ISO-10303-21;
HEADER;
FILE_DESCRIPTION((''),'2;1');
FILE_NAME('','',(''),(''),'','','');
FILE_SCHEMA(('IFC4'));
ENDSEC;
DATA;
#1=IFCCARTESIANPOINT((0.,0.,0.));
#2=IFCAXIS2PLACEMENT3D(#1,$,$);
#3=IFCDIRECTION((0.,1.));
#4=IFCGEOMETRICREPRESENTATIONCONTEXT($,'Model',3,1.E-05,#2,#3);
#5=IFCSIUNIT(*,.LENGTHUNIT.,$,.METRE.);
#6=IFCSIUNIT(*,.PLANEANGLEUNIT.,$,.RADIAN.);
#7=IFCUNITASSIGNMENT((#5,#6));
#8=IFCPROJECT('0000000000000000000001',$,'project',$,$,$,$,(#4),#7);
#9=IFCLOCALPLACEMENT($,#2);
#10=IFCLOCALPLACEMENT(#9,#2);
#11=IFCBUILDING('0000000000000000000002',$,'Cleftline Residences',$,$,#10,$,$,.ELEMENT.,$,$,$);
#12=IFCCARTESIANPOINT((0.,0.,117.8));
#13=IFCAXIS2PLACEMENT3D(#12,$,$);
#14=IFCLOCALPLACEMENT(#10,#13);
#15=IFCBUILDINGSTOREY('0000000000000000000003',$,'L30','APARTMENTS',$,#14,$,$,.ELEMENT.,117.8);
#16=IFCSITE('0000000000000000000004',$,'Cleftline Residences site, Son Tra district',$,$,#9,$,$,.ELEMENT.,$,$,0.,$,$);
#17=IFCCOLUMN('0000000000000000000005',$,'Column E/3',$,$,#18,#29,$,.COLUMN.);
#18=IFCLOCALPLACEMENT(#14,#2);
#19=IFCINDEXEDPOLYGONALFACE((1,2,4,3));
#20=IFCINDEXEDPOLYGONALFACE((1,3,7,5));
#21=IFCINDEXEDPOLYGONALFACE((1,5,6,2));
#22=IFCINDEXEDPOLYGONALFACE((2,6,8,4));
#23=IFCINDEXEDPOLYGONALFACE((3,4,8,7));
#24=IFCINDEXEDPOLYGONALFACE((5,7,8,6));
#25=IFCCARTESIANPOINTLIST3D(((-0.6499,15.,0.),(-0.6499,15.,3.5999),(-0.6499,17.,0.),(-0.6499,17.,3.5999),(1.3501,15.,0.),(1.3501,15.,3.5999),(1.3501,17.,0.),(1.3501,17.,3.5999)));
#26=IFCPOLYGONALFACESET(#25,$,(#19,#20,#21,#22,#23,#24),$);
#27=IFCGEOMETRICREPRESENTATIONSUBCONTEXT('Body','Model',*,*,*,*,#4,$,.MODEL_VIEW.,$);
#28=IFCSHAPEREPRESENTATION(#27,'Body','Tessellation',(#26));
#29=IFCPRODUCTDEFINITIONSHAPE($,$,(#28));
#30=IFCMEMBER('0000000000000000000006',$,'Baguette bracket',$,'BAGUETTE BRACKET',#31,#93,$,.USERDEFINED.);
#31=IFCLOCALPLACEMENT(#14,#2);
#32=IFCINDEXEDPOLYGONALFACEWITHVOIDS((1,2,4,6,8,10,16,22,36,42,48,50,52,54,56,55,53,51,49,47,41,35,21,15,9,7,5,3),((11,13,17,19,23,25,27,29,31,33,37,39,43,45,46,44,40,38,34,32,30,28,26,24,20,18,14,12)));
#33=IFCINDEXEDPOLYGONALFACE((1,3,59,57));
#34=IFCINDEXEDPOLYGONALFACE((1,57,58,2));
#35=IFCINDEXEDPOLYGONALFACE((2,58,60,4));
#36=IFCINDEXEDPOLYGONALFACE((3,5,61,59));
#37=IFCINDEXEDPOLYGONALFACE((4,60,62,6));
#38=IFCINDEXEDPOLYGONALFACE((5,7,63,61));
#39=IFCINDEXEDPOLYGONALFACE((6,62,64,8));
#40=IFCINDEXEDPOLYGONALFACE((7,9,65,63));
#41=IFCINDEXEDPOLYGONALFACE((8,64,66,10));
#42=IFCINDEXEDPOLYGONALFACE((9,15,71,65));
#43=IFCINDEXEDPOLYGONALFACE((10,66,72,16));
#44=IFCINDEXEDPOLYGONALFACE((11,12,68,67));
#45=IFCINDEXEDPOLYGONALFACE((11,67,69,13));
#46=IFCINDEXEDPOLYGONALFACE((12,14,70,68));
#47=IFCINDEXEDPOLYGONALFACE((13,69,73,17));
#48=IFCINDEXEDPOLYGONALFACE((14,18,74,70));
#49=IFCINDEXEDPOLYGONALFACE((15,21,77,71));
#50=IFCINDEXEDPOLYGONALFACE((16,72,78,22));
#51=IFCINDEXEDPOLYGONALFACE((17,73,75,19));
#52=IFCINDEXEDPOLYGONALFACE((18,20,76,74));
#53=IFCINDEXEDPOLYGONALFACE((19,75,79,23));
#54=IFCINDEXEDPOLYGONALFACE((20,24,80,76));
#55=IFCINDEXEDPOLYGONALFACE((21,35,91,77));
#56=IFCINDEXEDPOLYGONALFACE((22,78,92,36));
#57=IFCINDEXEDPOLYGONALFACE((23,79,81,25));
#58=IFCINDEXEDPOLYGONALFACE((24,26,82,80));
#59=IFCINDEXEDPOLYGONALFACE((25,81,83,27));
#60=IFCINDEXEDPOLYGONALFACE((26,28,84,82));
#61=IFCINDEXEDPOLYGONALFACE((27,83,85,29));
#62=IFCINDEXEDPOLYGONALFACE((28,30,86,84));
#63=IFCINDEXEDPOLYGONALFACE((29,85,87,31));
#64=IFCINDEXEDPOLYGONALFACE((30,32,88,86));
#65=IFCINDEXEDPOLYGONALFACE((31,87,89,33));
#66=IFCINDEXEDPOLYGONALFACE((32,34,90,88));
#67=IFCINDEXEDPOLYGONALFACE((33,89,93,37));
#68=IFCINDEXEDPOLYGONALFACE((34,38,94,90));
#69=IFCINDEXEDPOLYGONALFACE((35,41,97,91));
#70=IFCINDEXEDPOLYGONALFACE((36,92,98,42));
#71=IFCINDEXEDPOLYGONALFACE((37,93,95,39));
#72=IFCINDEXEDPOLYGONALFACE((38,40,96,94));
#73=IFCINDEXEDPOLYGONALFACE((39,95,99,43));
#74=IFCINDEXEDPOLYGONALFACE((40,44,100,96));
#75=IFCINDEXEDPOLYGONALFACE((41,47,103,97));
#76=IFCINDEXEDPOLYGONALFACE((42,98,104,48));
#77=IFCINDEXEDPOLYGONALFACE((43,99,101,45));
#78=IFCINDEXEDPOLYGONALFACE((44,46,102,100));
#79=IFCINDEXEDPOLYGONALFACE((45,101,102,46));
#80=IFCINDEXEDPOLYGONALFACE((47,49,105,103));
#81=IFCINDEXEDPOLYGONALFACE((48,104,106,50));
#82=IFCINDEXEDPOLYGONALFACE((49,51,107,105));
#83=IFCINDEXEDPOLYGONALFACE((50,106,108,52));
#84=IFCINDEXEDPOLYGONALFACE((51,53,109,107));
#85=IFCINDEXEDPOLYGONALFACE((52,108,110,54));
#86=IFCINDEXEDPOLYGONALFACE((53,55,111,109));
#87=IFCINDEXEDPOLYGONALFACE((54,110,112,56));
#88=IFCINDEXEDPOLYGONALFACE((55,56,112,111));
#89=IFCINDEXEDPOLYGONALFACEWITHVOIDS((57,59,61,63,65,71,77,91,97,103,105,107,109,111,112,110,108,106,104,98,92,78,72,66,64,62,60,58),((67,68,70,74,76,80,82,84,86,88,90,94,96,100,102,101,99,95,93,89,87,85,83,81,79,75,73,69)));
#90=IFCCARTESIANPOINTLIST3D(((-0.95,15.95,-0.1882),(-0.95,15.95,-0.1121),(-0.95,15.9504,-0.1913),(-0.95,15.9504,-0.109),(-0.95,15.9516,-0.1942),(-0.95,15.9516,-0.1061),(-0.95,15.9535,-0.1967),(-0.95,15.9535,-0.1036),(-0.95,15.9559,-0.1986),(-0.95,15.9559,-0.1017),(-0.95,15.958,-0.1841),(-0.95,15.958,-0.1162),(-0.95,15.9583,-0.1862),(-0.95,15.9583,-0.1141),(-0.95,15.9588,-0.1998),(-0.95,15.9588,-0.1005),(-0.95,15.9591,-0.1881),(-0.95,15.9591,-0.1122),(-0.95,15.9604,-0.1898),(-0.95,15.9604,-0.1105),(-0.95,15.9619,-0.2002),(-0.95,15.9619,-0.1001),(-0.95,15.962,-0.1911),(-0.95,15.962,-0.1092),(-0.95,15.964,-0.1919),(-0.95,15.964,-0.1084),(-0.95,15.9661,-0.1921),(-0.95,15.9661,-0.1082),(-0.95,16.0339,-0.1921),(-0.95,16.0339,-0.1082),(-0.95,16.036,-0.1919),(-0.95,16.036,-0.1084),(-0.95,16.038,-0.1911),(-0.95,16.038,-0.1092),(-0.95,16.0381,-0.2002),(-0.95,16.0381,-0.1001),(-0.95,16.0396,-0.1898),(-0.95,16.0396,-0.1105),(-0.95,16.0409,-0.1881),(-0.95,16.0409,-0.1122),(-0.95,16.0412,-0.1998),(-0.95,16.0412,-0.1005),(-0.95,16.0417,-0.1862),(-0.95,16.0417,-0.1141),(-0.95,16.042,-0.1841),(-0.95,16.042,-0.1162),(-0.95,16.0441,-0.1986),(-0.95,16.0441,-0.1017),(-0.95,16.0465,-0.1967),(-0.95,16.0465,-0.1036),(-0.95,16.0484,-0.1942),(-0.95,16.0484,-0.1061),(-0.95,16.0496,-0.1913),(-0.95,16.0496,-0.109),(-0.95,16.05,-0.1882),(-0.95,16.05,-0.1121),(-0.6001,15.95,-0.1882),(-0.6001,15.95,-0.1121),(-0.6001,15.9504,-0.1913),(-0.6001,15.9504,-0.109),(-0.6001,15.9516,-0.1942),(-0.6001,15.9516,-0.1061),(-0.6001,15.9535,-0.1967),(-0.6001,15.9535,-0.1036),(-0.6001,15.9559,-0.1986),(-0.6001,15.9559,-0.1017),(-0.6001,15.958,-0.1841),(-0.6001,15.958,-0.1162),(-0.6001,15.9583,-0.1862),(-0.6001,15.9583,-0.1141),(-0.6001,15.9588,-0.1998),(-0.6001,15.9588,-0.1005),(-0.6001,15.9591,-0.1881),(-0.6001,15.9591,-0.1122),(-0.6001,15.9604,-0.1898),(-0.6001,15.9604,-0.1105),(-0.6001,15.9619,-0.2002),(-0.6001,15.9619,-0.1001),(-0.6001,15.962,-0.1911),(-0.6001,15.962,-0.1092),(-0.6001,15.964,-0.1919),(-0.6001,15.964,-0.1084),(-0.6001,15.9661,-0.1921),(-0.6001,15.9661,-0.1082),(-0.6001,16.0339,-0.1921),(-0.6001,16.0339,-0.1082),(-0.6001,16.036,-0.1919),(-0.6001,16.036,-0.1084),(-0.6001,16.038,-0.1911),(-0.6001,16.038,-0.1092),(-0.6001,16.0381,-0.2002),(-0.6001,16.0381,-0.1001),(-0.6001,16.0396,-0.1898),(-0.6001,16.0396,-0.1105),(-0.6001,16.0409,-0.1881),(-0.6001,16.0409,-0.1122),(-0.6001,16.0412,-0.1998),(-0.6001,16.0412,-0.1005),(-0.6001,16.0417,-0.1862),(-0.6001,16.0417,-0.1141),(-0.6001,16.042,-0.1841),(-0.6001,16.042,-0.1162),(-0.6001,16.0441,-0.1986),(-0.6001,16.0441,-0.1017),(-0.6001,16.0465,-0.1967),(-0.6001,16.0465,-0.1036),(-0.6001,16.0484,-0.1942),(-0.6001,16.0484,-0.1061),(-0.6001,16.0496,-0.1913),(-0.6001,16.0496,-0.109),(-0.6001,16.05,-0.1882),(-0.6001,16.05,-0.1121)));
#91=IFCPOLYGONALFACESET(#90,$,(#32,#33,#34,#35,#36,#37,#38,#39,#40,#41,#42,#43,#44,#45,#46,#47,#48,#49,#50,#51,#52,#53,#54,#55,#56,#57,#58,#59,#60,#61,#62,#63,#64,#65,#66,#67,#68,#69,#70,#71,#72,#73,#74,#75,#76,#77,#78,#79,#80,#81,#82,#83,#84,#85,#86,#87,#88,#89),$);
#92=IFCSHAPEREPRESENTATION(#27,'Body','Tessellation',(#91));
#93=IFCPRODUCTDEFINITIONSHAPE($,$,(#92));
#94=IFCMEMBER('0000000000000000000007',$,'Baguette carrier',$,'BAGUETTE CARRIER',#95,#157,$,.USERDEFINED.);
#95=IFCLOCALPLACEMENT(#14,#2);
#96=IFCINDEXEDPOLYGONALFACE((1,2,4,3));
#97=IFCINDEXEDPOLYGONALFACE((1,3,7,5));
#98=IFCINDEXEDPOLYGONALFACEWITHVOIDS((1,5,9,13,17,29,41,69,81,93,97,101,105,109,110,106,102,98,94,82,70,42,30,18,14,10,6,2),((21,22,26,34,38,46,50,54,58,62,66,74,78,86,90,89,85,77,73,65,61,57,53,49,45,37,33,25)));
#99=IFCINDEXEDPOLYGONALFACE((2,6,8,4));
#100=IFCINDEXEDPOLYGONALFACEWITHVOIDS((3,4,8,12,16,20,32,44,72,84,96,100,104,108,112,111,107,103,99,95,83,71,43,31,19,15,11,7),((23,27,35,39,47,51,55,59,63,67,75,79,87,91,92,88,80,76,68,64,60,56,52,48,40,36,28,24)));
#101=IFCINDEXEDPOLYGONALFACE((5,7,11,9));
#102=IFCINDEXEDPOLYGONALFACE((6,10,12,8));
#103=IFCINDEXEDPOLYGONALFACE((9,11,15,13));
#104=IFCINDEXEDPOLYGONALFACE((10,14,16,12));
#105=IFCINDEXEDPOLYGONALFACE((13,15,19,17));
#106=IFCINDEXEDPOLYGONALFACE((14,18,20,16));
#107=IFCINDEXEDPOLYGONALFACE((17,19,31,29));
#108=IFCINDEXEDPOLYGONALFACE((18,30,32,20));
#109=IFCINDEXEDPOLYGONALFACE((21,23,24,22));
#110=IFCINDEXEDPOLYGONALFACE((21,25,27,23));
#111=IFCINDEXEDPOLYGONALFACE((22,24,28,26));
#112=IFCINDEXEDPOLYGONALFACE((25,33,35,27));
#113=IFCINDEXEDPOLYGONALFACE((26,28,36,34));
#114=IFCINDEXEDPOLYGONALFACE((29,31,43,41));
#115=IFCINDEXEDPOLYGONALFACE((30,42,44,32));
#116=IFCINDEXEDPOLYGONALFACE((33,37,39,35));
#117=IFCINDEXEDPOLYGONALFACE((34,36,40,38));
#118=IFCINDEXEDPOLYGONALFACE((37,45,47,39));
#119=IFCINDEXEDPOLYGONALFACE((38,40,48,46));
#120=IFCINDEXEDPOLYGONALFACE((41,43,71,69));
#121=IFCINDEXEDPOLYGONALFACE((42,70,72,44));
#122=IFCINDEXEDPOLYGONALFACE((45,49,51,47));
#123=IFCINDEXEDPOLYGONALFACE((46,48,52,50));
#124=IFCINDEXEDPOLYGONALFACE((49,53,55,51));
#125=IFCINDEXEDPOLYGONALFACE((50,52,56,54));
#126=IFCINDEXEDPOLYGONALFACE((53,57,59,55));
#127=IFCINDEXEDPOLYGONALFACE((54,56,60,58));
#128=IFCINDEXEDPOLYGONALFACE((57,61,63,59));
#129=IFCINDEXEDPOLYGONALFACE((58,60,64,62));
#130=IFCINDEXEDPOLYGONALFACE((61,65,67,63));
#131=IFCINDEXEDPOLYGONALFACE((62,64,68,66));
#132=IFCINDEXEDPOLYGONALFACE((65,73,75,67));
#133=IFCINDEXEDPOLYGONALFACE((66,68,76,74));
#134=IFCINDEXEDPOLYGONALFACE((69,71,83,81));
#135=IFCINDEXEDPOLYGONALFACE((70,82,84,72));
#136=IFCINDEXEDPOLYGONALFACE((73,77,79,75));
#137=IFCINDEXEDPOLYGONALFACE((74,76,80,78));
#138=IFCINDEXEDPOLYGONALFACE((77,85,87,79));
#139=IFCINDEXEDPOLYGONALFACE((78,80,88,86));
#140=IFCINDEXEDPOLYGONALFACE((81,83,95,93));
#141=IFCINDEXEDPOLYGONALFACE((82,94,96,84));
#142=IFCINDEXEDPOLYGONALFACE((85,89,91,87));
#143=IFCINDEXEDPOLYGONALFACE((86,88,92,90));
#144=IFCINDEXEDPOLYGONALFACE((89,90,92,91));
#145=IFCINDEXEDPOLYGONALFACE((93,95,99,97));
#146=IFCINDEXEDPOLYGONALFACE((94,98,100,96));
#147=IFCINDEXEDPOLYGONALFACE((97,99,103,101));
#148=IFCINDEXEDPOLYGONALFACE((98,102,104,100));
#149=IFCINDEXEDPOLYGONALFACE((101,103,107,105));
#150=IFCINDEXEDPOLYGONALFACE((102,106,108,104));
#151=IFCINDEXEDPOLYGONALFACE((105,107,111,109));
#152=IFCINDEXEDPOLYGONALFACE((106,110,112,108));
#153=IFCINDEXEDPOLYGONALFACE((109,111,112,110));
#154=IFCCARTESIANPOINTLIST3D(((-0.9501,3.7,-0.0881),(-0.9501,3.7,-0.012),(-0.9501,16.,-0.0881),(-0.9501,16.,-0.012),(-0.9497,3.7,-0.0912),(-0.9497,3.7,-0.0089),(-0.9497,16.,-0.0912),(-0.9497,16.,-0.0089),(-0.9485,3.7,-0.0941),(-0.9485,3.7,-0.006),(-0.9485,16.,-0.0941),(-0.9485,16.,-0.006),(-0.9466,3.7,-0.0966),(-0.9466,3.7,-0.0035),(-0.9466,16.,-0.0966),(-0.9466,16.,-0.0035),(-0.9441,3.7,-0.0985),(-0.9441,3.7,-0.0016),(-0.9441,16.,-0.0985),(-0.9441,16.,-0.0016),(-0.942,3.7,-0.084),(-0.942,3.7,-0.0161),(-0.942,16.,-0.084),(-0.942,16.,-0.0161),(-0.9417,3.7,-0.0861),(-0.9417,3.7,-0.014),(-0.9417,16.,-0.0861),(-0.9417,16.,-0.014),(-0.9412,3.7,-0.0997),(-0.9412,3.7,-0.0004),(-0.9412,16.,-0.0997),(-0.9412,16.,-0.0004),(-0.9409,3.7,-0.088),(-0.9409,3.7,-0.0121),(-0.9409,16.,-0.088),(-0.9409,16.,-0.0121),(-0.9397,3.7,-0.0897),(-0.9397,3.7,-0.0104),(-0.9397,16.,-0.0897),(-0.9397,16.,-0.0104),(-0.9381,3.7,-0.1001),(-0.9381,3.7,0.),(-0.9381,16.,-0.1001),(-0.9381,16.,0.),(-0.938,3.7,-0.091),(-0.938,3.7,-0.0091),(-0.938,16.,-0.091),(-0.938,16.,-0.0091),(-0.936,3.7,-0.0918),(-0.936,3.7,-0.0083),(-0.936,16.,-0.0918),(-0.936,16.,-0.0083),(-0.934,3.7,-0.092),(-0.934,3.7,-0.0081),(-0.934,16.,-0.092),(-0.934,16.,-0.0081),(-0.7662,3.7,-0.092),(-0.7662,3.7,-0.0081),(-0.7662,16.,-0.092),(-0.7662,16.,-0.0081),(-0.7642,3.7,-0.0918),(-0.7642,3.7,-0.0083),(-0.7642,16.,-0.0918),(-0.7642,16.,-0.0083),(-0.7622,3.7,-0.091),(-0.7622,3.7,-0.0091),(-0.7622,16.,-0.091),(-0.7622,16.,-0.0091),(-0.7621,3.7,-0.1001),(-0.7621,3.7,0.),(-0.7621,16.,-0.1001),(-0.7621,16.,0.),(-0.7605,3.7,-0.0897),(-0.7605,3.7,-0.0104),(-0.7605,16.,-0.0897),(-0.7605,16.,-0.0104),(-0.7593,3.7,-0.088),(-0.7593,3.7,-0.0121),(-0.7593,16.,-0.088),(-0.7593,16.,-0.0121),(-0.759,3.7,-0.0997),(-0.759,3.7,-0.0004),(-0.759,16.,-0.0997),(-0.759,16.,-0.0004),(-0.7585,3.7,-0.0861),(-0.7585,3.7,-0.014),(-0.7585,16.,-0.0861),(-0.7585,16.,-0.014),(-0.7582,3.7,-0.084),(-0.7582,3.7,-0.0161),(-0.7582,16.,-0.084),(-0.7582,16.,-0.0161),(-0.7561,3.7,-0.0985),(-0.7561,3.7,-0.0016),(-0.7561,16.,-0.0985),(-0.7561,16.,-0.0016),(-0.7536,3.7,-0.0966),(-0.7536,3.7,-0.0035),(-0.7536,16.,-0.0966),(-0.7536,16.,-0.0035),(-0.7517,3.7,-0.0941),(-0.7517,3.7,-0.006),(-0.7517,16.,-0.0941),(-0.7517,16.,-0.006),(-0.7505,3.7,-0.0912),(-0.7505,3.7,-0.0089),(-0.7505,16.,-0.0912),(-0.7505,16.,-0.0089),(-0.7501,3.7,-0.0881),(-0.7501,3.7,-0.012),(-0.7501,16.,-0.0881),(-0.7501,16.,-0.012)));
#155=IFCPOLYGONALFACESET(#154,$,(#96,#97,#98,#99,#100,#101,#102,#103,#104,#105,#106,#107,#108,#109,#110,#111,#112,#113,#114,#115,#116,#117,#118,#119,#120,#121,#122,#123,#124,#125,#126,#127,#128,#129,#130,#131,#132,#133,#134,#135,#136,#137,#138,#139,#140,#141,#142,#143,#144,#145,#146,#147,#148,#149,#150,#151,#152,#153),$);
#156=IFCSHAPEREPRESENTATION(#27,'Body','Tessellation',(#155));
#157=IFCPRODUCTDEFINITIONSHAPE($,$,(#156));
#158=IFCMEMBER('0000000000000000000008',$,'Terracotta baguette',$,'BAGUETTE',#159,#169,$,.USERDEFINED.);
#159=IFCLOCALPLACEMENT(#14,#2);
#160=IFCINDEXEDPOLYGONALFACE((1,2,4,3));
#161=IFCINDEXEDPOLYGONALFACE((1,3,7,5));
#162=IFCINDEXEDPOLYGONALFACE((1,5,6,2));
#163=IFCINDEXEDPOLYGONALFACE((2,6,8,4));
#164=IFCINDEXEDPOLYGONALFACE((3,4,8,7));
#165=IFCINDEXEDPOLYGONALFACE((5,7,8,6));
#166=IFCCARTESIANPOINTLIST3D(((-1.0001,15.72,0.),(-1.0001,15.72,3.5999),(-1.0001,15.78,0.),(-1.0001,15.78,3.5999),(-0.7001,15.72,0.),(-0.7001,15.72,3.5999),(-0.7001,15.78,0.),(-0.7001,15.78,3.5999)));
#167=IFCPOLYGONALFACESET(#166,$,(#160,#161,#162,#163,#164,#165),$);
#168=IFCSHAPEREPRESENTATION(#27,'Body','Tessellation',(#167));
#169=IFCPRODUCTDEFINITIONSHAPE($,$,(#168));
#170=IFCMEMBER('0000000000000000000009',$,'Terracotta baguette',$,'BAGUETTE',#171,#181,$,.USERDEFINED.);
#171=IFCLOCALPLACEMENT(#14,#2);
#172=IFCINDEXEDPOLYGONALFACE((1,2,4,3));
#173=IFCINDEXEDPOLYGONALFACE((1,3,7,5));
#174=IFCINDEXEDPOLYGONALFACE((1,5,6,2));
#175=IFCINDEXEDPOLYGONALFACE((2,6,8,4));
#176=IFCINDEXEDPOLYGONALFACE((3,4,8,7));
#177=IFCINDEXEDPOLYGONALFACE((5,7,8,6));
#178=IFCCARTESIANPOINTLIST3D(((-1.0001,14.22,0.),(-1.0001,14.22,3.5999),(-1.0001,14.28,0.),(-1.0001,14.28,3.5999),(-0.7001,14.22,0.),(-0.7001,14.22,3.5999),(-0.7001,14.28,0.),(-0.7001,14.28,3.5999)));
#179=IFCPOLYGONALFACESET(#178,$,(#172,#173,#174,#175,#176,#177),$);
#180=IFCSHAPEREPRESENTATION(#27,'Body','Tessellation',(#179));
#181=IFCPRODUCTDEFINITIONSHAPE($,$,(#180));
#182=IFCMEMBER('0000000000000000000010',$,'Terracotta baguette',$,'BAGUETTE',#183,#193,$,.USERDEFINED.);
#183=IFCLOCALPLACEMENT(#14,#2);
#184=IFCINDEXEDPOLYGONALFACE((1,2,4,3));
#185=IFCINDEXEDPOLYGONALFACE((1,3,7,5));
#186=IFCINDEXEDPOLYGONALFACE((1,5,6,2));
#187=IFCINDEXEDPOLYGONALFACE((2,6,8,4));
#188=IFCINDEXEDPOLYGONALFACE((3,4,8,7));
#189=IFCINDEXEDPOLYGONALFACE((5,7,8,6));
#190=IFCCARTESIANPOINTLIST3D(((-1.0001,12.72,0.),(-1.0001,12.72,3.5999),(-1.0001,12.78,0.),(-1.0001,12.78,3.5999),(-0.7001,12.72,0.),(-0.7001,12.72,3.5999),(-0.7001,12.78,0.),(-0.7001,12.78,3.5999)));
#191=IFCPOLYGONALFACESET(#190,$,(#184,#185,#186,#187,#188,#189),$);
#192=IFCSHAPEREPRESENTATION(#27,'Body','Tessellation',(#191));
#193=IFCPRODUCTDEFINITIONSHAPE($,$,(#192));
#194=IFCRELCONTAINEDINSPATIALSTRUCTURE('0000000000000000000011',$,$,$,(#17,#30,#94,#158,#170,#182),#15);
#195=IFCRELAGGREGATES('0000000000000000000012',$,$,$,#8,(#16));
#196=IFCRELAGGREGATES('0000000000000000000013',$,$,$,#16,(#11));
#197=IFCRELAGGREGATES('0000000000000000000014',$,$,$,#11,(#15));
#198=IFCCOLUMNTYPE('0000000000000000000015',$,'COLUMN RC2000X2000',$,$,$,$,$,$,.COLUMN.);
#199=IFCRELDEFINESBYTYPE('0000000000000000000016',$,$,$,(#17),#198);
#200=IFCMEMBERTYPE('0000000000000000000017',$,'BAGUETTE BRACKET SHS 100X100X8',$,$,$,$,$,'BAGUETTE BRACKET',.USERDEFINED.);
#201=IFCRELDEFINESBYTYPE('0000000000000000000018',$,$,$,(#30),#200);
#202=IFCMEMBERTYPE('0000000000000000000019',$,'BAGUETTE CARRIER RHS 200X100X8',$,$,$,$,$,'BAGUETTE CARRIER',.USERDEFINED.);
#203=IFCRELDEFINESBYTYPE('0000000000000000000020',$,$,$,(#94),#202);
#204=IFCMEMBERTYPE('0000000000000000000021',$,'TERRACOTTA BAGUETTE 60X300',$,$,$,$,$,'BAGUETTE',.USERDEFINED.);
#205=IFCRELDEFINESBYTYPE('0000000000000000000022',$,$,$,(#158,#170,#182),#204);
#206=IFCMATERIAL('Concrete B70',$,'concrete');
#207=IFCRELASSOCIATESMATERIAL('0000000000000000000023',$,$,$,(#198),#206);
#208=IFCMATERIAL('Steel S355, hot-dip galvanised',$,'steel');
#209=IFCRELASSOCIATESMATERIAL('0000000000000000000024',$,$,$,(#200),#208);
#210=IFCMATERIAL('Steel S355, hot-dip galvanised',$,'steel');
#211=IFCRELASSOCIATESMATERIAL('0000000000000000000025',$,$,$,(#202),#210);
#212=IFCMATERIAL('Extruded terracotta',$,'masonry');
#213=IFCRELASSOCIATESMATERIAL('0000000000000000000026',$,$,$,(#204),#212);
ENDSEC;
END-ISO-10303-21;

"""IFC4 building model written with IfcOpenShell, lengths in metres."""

from ifc_helpers import new_model, si_unit, direction, frame, origin, origin_2d, place, context, subcontext, project, spatial, rectangle, hollow_rectangle, extrude, material, material_profile, profile_set, type_object, element, save


model = new_model("IFC4")

# Units and contexts
model_context = context("Model", 3, precision=1e-05, world=origin(), true_north=direction((0.0, 1.0)))
body_context = subcontext(model_context, "Body", "Model", "MODEL_VIEW")
ifc_project = project(units=[si_unit("LENGTHUNIT", "METRE"), si_unit("PLANEANGLEUNIT", "RADIAN")], contexts=[model_context])

# Site, building, storey
site_placement = place(None, origin())
site = spatial("IfcSite", under=ifc_project, at=site_placement, Name="Cleftline Residences site, Son Tra district", CompositionType="ELEMENT", RefElevation=0.0)
building_placement = place(site_placement, origin())
building = spatial("IfcBuilding", under=site, at=building_placement, Name="Cleftline Residences", CompositionType="ELEMENT")
storey_placement = place(building_placement, frame((0.0, 0.0, 117.8)))
storey = spatial("IfcBuildingStorey", under=building, at=storey_placement, Name="L30", Description="APARTMENTS", CompositionType="ELEMENT", Elevation=117.8)

# Column
ifc_material_1 = material(Name="Concrete B70", Category="concrete")
ifc_material_profile_1 = material_profile(ifc_material_1, rectangle(XDim=2.0, YDim=2.0, at=origin_2d()))
ifc_profile_set_1 = profile_set([ifc_material_profile_1], Name="Concrete B70")
column_type = type_object("IfcColumnType", Name="COLUMN RC2000X2000", PredefinedType="COLUMN", material=ifc_profile_set_1)
column_placement = place(storey_placement, frame((0.3501, 16.0, 0.0), z_axis=(0.0, 0.0, 1.0), x_axis=(1.0, 0.0, 0.0)))
element("IfcColumn", 1, at=column_placement, inside=storey, type_object=column_type, Name="Column E/3", PredefinedType="COLUMN", context=body_context, shape_type="SweptSolid", body=[
    extrude(rectangle(XDim=2.0, YDim=2.0, at=origin_2d()), origin(), (0.0, 0.0, 1.0), 3.5999),
])

# Members
ifc_material_2 = material(Name="Steel S355, hot-dip galvanised", Category="steel")
ifc_material_profile_2 = material_profile(ifc_material_2, hollow_rectangle(XDim=0.1001, YDim=0.1001, WallThickness=0.0081, InnerFilletRadius=0.0081, OuterFilletRadius=0.012, at=origin_2d()))
ifc_profile_set_2 = profile_set([ifc_material_profile_2], Name="Steel S355, hot-dip galvanised")
member_type_1 = type_object("IfcMemberType", Name="BAGUETTE BRACKET SHS 100X100X8", ElementType="BAGUETTE BRACKET", PredefinedType="USERDEFINED", material=ifc_profile_set_2)
member_1_placement = place(storey_placement, frame((-0.6001, 16.0, -0.1501), z_axis=(-1.0, 0.0, 0.0), x_axis=(0.0, -1.0, 0.0)))
element("IfcMember", 2, at=member_1_placement, inside=storey, type_object=member_type_1, Name="Baguette bracket", ObjectType="BAGUETTE BRACKET", PredefinedType="USERDEFINED", context=body_context, shape_type="SweptSolid", body=[
    extrude(hollow_rectangle(XDim=0.1001, YDim=0.1001, WallThickness=0.0081, InnerFilletRadius=0.0081, OuterFilletRadius=0.012, at=origin_2d()), origin(), (0.0, 0.0, 1.0), 0.3499),
])
ifc_material_3 = material(Name="Steel S355, hot-dip galvanised", Category="steel")
ifc_material_profile_3 = material_profile(ifc_material_3, hollow_rectangle(XDim=0.1001, YDim=0.2, WallThickness=0.0081, InnerFilletRadius=0.0081, OuterFilletRadius=0.012, at=origin_2d()))
ifc_profile_set_3 = profile_set([ifc_material_profile_3], Name="Steel S355, hot-dip galvanised")
member_type_2 = type_object("IfcMemberType", Name="BAGUETTE CARRIER RHS 200X100X8", ElementType="BAGUETTE CARRIER", PredefinedType="USERDEFINED", material=ifc_profile_set_3)
member_2_placement = place(storey_placement, frame((-0.8501, 16.0, -0.05), z_axis=(0.0, -1.0, 0.0), x_axis=(0.0, 0.0, 1.0)))
element("IfcMember", 3, at=member_2_placement, inside=storey, type_object=member_type_2, Name="Baguette carrier", ObjectType="BAGUETTE CARRIER", PredefinedType="USERDEFINED", context=body_context, shape_type="SweptSolid", body=[
    extrude(hollow_rectangle(XDim=0.1001, YDim=0.2, WallThickness=0.0081, InnerFilletRadius=0.0081, OuterFilletRadius=0.012, at=origin_2d()), origin(), (0.0, 0.0, 1.0), 12.3),
])
ifc_material_4 = material(Name="Extruded terracotta", Category="masonry")
ifc_material_profile_4 = material_profile(ifc_material_4, rectangle(XDim=0.0601, YDim=0.3, at=origin_2d()))
ifc_profile_set_4 = profile_set([ifc_material_profile_4], Name="Extruded terracotta")
member_type_3 = type_object("IfcMemberType", Name="TERRACOTTA BAGUETTE 60X300", ElementType="BAGUETTE", PredefinedType="USERDEFINED", material=ifc_profile_set_4)
for number, where, z_axis, x_axis, name in (
    (4, (-0.8501, 15.75, 0.0), (0.0, 0.0, 1.0), (0.0, 1.0, 0.0), "Terracotta baguette"),
    (5, (-0.8501, 14.25, 0.0), (0.0, 0.0, 1.0), (0.0, 1.0, 0.0), "Terracotta baguette"),
    (6, (-0.8501, 12.75, 0.0), (0.0, 0.0, 1.0), (0.0, 1.0, 0.0), "Terracotta baguette"),
):
    element("IfcMember", number, at=place(storey_placement, frame(where, z_axis=z_axis, x_axis=x_axis)), inside=storey, type_object=member_type_3, Name=name, ObjectType="BAGUETTE", PredefinedType="USERDEFINED", context=body_context, shape_type="SweptSolid", body=[
        extrude(rectangle(XDim=0.0601, YDim=0.3, at=origin_2d()), origin(), (0.0, 0.0, 1.0), 3.5999),
    ])

save(model, "model.ifc")
